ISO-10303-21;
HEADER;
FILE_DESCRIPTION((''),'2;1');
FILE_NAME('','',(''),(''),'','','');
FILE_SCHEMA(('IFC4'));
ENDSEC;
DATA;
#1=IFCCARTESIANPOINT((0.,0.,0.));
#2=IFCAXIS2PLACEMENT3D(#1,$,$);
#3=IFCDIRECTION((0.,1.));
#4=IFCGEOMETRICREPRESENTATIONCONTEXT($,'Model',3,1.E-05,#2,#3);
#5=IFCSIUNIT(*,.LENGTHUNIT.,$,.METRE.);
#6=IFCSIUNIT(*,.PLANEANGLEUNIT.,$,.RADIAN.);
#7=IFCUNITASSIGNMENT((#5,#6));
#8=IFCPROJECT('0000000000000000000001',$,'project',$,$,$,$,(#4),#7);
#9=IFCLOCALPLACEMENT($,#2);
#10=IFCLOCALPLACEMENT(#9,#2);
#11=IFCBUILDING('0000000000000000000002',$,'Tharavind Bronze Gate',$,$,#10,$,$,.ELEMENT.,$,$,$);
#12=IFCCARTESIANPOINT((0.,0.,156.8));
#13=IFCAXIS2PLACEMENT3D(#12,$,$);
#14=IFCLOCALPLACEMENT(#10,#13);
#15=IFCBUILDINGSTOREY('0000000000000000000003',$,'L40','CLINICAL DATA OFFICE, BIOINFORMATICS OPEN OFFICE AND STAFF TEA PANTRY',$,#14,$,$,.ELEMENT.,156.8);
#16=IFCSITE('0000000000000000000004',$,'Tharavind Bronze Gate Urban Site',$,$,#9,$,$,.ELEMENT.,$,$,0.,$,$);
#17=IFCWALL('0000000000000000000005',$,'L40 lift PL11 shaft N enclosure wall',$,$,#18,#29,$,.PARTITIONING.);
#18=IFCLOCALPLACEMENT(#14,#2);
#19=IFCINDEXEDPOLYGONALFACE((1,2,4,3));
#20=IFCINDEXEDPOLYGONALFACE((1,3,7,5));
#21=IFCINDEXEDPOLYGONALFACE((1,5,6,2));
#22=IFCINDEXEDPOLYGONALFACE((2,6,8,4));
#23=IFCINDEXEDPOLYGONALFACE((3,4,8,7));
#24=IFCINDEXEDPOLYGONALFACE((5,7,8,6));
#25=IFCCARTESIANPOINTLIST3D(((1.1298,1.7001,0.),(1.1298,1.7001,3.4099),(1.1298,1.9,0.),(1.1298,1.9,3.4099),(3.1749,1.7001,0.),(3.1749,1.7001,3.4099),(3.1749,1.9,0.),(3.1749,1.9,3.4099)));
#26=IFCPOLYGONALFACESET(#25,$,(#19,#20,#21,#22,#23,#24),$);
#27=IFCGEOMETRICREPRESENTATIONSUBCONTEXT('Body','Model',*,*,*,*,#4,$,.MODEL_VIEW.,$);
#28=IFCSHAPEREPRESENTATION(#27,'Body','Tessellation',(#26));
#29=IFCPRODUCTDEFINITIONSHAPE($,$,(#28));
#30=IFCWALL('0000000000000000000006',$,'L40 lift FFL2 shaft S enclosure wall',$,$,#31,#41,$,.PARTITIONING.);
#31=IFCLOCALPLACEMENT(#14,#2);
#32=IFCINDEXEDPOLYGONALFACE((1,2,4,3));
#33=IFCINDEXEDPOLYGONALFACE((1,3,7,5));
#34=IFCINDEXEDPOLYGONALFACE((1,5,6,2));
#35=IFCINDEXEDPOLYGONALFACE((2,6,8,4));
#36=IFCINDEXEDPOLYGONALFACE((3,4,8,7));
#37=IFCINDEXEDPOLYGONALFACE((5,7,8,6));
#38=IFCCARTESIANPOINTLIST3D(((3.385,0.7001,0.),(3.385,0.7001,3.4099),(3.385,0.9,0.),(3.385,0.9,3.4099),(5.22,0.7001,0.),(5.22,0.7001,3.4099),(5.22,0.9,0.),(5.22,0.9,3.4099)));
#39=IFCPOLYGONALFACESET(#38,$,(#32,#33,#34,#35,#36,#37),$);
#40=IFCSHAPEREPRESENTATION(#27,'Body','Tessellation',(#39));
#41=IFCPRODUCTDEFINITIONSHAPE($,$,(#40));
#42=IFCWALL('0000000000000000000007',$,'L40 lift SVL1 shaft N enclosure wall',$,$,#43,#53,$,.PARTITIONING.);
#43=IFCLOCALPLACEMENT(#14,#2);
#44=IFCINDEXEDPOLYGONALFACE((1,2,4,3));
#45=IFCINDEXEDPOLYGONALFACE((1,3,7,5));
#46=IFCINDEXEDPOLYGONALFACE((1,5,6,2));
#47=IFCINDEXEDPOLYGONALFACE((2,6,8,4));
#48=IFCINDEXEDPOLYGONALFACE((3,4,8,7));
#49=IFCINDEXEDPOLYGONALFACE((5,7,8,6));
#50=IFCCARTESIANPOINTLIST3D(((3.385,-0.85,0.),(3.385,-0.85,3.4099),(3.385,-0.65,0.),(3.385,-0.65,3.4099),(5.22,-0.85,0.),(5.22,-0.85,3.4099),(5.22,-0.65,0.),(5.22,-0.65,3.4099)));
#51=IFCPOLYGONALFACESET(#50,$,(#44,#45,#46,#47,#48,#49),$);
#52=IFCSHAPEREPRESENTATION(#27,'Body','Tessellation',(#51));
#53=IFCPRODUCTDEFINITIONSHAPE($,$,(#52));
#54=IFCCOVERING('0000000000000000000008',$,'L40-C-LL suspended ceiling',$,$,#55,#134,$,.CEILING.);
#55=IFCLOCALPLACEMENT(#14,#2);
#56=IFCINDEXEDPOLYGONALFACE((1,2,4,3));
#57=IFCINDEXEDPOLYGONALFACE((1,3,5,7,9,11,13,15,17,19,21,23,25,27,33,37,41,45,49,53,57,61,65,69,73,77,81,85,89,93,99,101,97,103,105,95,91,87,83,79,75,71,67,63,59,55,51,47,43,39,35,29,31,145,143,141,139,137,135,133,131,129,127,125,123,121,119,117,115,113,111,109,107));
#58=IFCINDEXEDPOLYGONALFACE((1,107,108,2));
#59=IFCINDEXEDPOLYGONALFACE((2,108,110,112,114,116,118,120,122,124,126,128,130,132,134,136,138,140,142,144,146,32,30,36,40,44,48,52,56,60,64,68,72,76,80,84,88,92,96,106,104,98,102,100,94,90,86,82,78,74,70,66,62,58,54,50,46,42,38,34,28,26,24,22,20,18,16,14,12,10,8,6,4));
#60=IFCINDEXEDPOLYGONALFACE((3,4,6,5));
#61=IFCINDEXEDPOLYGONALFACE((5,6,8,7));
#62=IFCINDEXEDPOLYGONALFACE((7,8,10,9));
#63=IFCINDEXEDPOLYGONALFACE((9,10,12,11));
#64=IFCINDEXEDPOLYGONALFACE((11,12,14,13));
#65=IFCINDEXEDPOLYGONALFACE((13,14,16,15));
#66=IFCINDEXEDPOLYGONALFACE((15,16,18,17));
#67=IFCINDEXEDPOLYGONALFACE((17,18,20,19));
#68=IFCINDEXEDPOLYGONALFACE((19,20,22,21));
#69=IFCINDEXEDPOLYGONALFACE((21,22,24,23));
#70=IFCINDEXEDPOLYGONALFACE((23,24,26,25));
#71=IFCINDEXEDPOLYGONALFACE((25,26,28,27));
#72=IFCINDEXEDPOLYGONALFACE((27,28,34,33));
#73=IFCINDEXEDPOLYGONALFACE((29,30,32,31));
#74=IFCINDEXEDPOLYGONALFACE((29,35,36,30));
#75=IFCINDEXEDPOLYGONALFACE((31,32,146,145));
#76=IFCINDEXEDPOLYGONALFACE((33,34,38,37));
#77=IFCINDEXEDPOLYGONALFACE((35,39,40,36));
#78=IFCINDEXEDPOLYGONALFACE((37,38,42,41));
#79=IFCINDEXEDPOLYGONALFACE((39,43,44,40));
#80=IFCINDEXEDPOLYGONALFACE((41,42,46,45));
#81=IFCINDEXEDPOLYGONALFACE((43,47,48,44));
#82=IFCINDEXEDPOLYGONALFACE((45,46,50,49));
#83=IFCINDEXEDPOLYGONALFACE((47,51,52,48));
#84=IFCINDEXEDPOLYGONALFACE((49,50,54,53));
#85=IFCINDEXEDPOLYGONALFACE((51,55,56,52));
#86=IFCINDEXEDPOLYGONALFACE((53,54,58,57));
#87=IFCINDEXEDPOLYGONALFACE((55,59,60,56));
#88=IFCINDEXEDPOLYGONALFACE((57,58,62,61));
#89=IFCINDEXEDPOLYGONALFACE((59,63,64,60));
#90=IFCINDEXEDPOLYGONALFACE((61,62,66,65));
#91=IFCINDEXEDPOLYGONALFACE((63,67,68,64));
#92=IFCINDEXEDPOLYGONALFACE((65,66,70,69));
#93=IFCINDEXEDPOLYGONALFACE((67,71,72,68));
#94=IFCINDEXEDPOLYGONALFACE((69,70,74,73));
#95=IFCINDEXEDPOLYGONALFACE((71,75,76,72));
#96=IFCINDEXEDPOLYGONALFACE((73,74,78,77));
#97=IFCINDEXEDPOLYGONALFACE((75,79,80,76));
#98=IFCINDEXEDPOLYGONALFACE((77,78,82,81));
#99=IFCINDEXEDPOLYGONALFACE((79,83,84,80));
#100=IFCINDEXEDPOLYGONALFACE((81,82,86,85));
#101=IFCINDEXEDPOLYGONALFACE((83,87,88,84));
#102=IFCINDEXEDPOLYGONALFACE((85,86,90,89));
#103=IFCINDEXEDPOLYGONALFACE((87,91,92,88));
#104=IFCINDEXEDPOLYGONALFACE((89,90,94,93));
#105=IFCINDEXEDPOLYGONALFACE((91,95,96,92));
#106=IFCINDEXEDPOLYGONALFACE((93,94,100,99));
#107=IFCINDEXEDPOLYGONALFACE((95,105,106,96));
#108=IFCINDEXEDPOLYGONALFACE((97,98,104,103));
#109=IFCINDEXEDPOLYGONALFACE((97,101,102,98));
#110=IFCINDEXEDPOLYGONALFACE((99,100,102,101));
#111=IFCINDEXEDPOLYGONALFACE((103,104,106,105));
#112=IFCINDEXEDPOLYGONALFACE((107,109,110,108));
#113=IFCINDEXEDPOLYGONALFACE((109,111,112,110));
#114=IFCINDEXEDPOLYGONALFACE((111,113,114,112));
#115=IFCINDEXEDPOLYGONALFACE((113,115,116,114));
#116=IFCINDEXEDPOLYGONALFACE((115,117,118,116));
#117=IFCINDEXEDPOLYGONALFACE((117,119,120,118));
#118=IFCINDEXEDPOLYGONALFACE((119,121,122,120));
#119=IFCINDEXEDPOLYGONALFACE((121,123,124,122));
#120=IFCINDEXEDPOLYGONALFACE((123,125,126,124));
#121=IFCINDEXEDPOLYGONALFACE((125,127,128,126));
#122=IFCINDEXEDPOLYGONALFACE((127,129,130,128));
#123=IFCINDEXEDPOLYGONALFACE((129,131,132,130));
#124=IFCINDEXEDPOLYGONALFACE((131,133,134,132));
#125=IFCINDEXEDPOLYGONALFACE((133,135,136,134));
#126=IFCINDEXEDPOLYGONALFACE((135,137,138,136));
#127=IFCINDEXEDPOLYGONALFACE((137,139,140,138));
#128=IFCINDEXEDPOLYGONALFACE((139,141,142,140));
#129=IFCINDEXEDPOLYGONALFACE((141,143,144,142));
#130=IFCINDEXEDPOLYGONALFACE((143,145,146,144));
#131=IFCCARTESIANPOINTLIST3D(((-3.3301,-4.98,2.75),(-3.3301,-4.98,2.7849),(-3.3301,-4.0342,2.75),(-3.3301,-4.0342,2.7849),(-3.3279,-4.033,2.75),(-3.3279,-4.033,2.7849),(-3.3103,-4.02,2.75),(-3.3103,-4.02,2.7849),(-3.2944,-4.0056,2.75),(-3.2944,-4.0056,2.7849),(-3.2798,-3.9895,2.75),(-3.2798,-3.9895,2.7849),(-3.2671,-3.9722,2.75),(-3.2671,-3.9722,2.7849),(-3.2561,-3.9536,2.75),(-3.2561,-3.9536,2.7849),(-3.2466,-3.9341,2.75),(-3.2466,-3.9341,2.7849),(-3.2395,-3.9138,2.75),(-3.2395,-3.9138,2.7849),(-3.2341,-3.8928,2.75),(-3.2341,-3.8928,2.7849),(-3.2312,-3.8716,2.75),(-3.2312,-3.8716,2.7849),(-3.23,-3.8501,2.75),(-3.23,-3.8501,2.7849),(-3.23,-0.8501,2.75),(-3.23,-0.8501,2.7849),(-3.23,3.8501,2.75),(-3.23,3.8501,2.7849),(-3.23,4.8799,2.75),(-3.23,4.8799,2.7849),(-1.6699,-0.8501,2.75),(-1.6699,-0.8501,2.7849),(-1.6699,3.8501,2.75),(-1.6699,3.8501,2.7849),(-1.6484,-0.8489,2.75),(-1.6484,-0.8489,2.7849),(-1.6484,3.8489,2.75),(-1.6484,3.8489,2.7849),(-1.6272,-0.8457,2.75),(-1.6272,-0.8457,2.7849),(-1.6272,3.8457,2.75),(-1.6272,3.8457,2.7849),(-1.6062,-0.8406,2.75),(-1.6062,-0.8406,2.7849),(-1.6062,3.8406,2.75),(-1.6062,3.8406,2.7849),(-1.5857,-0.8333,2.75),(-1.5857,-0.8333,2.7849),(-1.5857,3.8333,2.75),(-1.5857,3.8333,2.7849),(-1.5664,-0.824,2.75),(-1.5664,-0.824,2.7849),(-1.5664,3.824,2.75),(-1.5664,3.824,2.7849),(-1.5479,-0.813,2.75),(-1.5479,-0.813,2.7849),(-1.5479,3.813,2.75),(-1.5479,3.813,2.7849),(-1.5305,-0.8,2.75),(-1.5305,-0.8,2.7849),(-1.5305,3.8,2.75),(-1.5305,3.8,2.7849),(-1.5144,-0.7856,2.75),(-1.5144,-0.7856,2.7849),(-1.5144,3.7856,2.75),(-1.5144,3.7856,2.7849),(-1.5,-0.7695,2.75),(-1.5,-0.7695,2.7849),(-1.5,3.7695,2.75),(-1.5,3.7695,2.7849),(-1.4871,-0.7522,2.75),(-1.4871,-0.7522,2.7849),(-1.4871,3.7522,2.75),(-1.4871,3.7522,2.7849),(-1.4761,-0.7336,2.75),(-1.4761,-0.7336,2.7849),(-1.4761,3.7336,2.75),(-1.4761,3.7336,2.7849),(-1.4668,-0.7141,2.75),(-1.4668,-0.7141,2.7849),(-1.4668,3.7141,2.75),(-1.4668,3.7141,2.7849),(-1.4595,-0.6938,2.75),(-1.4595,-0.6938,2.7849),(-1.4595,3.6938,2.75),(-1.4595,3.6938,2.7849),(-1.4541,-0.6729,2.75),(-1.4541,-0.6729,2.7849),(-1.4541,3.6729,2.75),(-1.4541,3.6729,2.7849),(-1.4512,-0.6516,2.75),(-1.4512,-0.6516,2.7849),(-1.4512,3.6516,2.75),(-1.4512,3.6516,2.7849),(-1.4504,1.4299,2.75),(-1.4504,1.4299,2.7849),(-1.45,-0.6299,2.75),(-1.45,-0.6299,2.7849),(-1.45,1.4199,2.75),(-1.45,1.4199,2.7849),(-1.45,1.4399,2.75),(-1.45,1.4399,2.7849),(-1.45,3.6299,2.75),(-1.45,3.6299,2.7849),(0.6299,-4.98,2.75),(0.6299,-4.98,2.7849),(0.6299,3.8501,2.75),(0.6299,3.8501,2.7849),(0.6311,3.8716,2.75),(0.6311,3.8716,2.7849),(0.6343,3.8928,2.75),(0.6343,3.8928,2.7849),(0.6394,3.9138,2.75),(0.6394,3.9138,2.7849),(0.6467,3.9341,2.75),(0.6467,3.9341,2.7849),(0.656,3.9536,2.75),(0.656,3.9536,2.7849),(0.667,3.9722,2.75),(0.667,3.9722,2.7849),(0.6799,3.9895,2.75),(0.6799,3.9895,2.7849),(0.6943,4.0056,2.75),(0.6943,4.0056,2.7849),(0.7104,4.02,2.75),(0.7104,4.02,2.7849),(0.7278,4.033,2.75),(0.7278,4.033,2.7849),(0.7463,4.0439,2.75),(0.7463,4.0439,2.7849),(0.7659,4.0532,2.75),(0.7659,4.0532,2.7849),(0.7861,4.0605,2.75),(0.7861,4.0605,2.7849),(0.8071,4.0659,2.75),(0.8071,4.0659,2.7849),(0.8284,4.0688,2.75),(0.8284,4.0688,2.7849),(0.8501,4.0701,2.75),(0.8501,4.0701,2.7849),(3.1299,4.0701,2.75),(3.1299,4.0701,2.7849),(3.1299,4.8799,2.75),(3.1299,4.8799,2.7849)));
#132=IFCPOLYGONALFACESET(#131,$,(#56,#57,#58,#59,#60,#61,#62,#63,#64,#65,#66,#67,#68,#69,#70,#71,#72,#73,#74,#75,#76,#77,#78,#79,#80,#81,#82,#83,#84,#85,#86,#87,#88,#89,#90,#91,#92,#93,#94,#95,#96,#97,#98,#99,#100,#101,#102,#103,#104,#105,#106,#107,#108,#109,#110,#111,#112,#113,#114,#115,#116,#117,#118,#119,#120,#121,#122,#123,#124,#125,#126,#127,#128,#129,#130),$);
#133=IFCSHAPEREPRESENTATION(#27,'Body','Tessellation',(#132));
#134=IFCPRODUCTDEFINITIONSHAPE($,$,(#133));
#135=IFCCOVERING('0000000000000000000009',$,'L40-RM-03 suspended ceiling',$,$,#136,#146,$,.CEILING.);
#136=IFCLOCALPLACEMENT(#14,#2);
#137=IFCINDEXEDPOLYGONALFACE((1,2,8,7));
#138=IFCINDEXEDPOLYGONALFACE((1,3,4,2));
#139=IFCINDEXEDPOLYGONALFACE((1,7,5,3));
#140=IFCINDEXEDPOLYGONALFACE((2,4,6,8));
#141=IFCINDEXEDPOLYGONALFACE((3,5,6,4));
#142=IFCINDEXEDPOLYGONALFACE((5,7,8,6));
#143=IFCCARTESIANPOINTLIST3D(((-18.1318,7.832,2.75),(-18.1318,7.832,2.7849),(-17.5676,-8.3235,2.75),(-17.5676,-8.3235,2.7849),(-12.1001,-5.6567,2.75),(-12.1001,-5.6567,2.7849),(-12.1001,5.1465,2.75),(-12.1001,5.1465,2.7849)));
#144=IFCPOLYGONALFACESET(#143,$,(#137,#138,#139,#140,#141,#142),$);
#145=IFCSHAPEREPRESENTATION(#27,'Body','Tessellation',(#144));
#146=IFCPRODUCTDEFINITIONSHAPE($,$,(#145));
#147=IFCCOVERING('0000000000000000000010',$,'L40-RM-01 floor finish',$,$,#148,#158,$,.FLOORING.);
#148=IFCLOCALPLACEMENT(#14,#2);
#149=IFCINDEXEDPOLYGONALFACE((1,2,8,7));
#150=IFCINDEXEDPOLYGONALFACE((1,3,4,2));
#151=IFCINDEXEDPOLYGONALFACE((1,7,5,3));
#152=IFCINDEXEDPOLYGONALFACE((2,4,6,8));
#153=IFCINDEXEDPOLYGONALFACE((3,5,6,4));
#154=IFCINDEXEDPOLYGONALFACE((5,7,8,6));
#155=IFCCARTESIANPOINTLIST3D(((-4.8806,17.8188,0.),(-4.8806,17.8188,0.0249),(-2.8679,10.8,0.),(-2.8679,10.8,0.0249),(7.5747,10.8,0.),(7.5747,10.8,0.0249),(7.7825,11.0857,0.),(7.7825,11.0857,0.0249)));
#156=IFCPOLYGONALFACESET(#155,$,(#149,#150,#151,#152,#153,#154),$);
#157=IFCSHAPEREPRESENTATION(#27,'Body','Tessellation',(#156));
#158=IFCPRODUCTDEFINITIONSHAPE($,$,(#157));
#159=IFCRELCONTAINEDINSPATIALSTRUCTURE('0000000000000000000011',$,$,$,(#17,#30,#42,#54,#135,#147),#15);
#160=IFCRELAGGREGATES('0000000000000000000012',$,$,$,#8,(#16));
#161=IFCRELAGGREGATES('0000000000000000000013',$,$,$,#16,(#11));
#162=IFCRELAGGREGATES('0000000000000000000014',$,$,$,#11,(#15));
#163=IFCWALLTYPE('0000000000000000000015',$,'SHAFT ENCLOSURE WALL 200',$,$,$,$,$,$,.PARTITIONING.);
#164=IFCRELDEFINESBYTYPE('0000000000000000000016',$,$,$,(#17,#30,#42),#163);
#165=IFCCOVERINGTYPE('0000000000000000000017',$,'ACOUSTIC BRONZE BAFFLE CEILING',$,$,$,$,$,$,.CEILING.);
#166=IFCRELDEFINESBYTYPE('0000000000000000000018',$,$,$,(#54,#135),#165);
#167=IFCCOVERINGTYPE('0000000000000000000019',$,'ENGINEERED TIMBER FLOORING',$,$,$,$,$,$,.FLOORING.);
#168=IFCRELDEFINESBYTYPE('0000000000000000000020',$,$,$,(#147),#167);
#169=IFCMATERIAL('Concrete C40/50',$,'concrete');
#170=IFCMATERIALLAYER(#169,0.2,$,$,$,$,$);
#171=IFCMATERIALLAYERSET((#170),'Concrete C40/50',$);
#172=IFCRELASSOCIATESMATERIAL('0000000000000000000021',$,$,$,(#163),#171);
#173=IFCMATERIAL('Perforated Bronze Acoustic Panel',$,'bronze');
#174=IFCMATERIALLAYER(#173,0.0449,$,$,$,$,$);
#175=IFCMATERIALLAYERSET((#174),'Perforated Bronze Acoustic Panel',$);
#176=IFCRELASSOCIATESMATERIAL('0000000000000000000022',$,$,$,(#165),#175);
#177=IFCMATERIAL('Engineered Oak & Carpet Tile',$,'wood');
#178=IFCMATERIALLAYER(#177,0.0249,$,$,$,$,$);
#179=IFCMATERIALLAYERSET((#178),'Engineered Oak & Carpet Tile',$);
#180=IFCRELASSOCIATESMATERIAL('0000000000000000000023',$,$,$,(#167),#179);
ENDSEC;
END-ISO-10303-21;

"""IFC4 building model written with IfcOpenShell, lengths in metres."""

from ifc_helpers import new_model, si_unit, direction, frame, frame_2d, origin, place, context, subcontext, project, spatial, polyline, rectangle, outline, extrude, material, layer, layer_set, type_object, element, save


model = new_model("IFC4")

# Units and contexts
model_context = context("Model", 3, precision=1e-05, world=origin(), true_north=direction((0.0, 1.0)))
body_context = subcontext(model_context, "Body", "Model", "MODEL_VIEW")
ifc_project = project(units=[si_unit("LENGTHUNIT", "METRE"), si_unit("PLANEANGLEUNIT", "RADIAN")], contexts=[model_context])

# Site, building, storey
site_placement = place(None, origin())
site = spatial("IfcSite", under=ifc_project, at=site_placement, Name="Tharavind Bronze Gate Urban Site", CompositionType="ELEMENT", RefElevation=0.0)
building_placement = place(site_placement, origin())
building = spatial("IfcBuilding", under=site, at=building_placement, Name="Tharavind Bronze Gate", CompositionType="ELEMENT")
storey_placement = place(building_placement, frame((0.0, 0.0, 156.8)))
storey = spatial("IfcBuildingStorey", under=building, at=storey_placement, Name="L40", Description="CLINICAL DATA OFFICE, BIOINFORMATICS OPEN OFFICE AND STAFF TEA PANTRY", CompositionType="ELEMENT", Elevation=156.8)

# Shared definitions
ifc_material_1 = material(Name="Concrete C40/50", Category="concrete")

# Walls
ifc_layer_1 = layer(ifc_material_1, 0.2)
ifc_layer_set_1 = layer_set([ifc_layer_1], Name="Concrete C40/50")
wall_type_1 = type_object("IfcWallType", Name="SHAFT ENCLOSURE WALL 200", PredefinedType="PARTITIONING", material=ifc_layer_set_1)
wall_1_placement = place(storey_placement, frame((1.1299, 1.8, 0.0), z_axis=(0.0, 0.0, 1.0), x_axis=(1.0, 0.0, 0.0)))
element("IfcWall", 1, at=wall_1_placement, inside=storey, type_object=wall_type_1, Name="L40 lift PL11 shaft N enclosure wall", PredefinedType="PARTITIONING", context=body_context, shape_type="SweptSolid", body=[
    extrude(rectangle(XDim=2.0452, YDim=0.2, at=frame_2d((1.0225, 0.0))), origin(), (0.0, 0.0, 1.0), 3.4099),
])
for number, where, z_axis, x_axis, name in (
    (2, (3.385, 0.8, 0.0), (0.0, 0.0, 1.0), (1.0, 0.0, 0.0), "L40 lift FFL2 shaft S enclosure wall"),
    (3, (3.385, -0.75, 0.0), (0.0, 0.0, 1.0), (1.0, 0.0, 0.0), "L40 lift SVL1 shaft N enclosure wall"),
):
    element("IfcWall", number, at=place(storey_placement, frame(where, z_axis=z_axis, x_axis=x_axis)), inside=storey, type_object=wall_type_1, Name=name, PredefinedType="PARTITIONING", context=body_context, shape_type="SweptSolid", body=[
        extrude(rectangle(XDim=1.835, YDim=0.2, at=frame_2d((0.9175, 0.0))), origin(), (0.0, 0.0, 1.0), 3.4099),
    ])

# Coverings
ifc_material_2 = material(Name="Perforated Bronze Acoustic Panel", Category="bronze")
ifc_layer_2 = layer(ifc_material_2, 0.0449)
ifc_layer_set_2 = layer_set([ifc_layer_2], Name="Perforated Bronze Acoustic Panel")
covering_type_1 = type_object("IfcCoveringType", Name="ACOUSTIC BRONZE BAFFLE CEILING", PredefinedType="CEILING", material=ifc_layer_set_2)
covering_1_placement = place(storey_placement, frame((0.0, 0.0, 2.75)))
element("IfcCovering", 4, at=covering_1_placement, inside=storey, type_object=covering_type_1, Name="L40-C-LL suspended ceiling", PredefinedType="CEILING", context=body_context, shape_type="SweptSolid", body=[
    extrude(outline(polyline([(-3.3301, -4.98), (0.6299, -4.98), (0.6299, 3.8501), (0.6311, 3.8716), (0.6343, 3.8928), (0.6394, 3.9138), (0.6467, 3.9341), (0.656, 3.9536), (0.667, 3.9722), (0.6799, 3.9895), (0.6943, 4.0056), (0.7104, 4.02), (0.7278, 4.033), (0.7463, 4.0439), (0.7659, 4.0532), (0.7861, 4.0605), (0.8071, 4.0659), (0.8284, 4.0688), (0.8501, 4.0701), (3.1299, 4.0701), (3.1299, 4.8799), (-3.23, 4.8799), (-3.23, 3.8501), (-1.6699, 3.8501), (-1.6484, 3.8489), (-1.6272, 3.8457), (-1.6062, 3.8406), (-1.5857, 3.8333), (-1.5664, 3.824), (-1.5479, 3.813), (-1.5305, 3.8), (-1.5144, 3.7856), (-1.5, 3.7695), (-1.4871, 3.7522), (-1.4761, 3.7336), (-1.4668, 3.7141), (-1.4595, 3.6938), (-1.4541, 3.6729), (-1.4512, 3.6516), (-1.45, 3.6299), (-1.45, 1.4399), (-1.4504, 1.4299), (-1.45, 1.4199), (-1.45, -0.6299), (-1.4512, -0.6516), (-1.4541, -0.6729), (-1.4595, -0.6938), (-1.4668, -0.7141), (-1.4761, -0.7336), (-1.4871, -0.7522), (-1.5, -0.7695), (-1.5144, -0.7856), (-1.5305, -0.8), (-1.5479, -0.813), (-1.5664, -0.824), (-1.5857, -0.8333), (-1.6062, -0.8406), (-1.6272, -0.8457), (-1.6484, -0.8489), (-1.6699, -0.8501), (-3.23, -0.8501), (-3.23, -3.8501), (-3.2312, -3.8716), (-3.2341, -3.8928), (-3.2395, -3.9138), (-3.2466, -3.9341), (-3.2561, -3.9536), (-3.2671, -3.9722), (-3.2798, -3.9895), (-3.2944, -4.0056), (-3.3103, -4.02), (-3.3279, -4.033), (-3.3301, -4.0342), (-3.3301, -4.98)])), origin(), (0.0, 0.0, 1.0), 0.0349),
])
covering_2_placement = place(storey_placement, frame((0.0, 0.0, 2.75)))
element("IfcCovering", 5, at=covering_2_placement, inside=storey, type_object=covering_type_1, Name="L40-RM-03 suspended ceiling", PredefinedType="CEILING", context=body_context, shape_type="SweptSolid", body=[
    extrude(outline(polyline([(-17.5676, -8.3235), (-12.1001, -5.6567), (-12.1001, 5.1465), (-18.1318, 7.832), (-17.5676, -8.3235)])), origin(), (0.0, 0.0, 1.0), 0.0349),
])
ifc_material_3 = material(Name="Engineered Oak & Carpet Tile", Category="wood")
ifc_layer_3 = layer(ifc_material_3, 0.0249)
ifc_layer_set_3 = layer_set([ifc_layer_3], Name="Engineered Oak & Carpet Tile")
covering_type_2 = type_object("IfcCoveringType", Name="ENGINEERED TIMBER FLOORING", PredefinedType="FLOORING", material=ifc_layer_set_3)
covering_3_placement = place(storey_placement, origin())
element("IfcCovering", 6, at=covering_3_placement, inside=storey, type_object=covering_type_2, Name="L40-RM-01 floor finish", PredefinedType="FLOORING", context=body_context, shape_type="SweptSolid", body=[
    extrude(outline(polyline([(-2.8679, 10.8), (7.5747, 10.8), (7.7825, 11.0857), (-4.8806, 17.8188), (-2.8679, 10.8)])), origin(), (0.0, 0.0, 1.0), 0.0249),
])

save(model, "model.ifc")
